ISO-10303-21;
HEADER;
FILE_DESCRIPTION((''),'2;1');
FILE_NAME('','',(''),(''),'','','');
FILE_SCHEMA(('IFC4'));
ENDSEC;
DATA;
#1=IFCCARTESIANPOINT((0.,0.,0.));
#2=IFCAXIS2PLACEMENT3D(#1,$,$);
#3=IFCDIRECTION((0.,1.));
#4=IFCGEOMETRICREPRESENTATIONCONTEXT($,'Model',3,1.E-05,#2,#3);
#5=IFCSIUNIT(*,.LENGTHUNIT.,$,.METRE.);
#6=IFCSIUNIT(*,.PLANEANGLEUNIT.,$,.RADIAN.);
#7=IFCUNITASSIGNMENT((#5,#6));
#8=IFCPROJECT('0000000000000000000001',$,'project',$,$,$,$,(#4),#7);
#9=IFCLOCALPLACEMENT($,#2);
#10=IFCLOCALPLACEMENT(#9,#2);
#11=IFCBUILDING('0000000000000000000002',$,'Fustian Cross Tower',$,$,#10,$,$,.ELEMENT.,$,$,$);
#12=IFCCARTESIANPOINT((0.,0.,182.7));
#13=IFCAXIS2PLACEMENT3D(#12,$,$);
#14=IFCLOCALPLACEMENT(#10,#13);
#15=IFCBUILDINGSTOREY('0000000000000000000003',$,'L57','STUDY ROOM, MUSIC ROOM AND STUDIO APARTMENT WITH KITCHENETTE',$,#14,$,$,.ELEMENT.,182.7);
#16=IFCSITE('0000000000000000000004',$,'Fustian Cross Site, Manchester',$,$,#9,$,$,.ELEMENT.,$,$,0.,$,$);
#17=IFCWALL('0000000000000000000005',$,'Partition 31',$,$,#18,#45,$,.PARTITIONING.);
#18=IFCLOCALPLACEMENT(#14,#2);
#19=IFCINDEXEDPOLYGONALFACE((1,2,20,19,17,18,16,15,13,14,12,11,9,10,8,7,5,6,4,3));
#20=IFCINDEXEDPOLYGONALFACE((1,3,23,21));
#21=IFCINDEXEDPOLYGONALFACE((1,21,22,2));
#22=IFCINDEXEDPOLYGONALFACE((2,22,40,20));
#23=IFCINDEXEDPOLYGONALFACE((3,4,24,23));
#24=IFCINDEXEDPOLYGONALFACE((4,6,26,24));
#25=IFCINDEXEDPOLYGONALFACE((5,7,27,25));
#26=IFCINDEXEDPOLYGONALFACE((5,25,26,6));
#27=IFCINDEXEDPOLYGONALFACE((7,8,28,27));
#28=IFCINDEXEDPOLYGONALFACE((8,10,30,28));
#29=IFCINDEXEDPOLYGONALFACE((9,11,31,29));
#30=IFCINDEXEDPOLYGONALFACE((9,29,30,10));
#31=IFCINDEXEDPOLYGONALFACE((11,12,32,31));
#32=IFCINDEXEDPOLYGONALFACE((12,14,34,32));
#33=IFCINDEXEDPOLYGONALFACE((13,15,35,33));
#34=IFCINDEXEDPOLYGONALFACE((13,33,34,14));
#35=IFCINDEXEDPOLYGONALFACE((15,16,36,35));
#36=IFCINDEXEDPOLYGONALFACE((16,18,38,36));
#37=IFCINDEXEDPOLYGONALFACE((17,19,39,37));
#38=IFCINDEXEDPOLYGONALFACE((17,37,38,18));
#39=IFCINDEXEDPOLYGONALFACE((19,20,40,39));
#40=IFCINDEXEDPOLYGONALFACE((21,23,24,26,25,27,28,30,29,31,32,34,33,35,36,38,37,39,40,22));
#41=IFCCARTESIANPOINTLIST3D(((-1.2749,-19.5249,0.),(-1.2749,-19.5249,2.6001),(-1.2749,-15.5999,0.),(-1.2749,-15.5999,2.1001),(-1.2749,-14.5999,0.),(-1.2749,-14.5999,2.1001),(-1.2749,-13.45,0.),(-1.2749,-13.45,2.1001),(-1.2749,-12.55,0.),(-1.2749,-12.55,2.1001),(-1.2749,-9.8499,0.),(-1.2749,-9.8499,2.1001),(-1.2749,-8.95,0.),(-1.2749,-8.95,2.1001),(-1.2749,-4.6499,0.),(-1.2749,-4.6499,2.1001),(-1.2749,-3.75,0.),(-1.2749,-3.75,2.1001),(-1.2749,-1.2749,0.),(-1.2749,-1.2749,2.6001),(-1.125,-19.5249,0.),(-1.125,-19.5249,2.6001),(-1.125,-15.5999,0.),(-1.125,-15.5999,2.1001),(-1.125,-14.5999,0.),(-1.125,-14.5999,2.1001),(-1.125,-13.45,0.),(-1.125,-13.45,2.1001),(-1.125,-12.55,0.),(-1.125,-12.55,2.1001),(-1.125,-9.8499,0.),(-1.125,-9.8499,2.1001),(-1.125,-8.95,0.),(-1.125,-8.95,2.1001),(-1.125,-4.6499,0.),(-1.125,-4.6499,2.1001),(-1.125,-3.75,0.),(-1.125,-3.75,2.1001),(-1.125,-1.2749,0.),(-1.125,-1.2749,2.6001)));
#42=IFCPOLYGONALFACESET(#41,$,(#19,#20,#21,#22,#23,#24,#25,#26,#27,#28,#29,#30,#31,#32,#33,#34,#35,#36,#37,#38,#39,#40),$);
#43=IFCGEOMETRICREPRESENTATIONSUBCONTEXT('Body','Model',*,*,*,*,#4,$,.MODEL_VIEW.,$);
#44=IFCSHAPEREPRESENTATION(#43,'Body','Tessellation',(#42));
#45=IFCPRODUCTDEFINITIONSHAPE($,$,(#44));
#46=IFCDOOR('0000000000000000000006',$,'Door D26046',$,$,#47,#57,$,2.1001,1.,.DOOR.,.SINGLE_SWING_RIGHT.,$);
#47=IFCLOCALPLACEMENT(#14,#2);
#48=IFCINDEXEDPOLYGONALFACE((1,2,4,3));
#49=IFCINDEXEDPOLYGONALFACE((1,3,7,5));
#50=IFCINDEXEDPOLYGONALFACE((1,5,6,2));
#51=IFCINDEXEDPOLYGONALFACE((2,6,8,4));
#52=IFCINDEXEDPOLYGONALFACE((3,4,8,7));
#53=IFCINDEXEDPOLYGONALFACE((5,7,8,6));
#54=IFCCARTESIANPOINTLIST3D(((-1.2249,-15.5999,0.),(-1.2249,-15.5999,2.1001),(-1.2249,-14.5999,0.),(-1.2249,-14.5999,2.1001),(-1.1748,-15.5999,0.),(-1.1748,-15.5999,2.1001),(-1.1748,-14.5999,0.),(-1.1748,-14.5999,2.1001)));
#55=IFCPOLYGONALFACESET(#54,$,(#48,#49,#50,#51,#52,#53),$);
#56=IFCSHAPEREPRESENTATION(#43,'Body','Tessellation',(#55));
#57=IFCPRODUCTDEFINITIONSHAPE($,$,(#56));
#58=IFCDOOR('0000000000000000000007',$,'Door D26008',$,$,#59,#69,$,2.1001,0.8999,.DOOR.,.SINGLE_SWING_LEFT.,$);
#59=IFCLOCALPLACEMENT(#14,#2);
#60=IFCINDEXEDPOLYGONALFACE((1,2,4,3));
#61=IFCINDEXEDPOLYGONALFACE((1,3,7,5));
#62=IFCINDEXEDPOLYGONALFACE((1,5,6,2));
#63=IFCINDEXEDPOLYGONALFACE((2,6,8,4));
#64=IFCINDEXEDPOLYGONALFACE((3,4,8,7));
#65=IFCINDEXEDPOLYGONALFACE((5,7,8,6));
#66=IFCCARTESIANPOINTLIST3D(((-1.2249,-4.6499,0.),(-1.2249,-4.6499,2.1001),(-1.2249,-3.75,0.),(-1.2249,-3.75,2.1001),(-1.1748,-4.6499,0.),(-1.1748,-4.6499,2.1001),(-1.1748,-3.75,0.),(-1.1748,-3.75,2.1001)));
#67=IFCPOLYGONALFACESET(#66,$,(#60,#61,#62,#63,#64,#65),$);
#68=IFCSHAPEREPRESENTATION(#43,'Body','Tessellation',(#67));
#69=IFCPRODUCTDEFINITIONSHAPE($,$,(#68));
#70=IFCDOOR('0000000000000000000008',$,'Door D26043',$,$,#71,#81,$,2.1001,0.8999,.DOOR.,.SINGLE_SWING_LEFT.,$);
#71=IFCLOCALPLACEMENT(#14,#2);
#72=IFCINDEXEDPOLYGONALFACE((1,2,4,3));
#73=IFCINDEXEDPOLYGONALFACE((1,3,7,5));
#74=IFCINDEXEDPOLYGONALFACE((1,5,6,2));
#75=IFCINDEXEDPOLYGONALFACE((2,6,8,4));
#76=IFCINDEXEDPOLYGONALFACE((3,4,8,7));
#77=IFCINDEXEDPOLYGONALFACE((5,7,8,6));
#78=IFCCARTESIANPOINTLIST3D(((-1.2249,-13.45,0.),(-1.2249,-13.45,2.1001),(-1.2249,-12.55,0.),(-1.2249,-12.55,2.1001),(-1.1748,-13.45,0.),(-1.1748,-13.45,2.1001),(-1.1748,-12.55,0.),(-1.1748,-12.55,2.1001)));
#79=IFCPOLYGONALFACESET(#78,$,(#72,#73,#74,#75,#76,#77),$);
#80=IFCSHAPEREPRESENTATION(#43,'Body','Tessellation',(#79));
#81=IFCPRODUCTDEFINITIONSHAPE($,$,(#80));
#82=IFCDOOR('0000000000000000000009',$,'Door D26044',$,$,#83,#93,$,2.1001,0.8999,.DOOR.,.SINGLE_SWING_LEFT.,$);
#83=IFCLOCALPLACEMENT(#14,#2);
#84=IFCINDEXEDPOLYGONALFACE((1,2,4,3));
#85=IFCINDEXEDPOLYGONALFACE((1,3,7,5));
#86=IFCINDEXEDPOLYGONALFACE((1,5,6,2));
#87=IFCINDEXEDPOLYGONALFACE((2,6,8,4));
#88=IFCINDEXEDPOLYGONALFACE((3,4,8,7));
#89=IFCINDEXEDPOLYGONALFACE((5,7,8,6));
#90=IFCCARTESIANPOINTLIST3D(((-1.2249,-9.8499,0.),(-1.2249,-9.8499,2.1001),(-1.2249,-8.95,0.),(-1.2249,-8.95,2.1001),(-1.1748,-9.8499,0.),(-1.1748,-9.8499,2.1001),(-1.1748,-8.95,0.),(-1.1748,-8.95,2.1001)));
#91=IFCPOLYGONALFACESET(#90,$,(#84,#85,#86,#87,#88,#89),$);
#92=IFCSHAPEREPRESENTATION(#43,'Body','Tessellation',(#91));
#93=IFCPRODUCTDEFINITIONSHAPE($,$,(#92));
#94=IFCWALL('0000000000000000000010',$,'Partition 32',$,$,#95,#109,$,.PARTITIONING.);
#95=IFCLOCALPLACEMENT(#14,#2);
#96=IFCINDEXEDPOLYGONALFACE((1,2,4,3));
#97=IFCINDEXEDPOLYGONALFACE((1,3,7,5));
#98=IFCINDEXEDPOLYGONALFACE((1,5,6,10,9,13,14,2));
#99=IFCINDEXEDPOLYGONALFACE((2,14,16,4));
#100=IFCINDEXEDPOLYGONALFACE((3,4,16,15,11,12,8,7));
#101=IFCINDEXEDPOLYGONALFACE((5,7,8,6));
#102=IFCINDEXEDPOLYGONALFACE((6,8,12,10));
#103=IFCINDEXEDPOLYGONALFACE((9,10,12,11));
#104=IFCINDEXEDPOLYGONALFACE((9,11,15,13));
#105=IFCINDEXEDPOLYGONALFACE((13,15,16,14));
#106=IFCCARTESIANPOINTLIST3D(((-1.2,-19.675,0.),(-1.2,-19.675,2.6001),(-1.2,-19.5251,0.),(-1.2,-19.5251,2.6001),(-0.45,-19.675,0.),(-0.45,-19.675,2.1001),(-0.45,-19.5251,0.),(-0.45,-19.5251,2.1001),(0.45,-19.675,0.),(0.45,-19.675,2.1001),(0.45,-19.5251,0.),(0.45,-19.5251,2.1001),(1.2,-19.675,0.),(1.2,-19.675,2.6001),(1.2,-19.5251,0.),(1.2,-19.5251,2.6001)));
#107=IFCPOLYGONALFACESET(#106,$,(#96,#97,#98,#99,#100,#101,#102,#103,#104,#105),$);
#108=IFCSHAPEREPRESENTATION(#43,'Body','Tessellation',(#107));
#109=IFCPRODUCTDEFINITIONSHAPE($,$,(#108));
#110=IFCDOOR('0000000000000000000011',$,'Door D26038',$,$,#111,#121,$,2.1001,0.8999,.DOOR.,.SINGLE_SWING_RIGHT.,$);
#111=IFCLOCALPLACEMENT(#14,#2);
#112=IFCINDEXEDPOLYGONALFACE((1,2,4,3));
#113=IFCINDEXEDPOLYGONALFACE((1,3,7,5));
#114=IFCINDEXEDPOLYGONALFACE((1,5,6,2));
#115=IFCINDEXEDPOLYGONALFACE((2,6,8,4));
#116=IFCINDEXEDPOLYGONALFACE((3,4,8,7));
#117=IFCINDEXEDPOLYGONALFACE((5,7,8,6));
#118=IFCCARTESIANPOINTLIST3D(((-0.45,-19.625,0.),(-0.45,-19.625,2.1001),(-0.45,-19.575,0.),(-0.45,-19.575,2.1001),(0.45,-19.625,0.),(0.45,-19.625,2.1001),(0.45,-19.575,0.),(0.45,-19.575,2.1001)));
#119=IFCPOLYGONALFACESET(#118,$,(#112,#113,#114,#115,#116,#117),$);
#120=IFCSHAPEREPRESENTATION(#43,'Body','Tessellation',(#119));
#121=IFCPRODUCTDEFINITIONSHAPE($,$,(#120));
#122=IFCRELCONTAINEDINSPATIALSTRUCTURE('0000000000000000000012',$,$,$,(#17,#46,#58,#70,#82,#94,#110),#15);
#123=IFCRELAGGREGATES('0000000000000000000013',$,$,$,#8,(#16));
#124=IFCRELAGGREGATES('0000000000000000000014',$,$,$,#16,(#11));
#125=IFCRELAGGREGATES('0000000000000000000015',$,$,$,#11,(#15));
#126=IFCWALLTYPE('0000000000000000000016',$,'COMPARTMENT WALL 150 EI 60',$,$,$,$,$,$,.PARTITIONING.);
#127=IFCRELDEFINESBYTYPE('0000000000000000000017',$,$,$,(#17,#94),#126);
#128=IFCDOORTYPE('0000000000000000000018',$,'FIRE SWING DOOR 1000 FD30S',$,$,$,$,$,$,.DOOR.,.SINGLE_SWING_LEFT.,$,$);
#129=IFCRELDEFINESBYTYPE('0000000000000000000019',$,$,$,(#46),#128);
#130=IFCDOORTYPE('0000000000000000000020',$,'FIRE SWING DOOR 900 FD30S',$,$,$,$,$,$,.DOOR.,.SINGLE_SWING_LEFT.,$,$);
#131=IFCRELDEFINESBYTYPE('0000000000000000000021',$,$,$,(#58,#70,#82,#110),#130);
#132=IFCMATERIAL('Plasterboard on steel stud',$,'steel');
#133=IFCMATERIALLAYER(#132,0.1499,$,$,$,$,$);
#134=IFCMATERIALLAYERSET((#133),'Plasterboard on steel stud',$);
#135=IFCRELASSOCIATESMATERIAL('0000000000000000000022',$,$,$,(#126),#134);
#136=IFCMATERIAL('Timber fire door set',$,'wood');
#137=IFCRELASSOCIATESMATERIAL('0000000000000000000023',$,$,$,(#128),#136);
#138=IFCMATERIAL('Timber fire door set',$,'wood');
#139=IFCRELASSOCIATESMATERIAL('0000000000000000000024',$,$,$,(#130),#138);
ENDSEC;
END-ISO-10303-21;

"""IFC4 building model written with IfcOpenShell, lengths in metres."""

from ifc_helpers import new_model, si_unit, direction, frame, frame_2d, origin, place, context, subcontext, project, spatial, rectangle, extrude, material, layer, layer_set, type_object, element, fill, save


model = new_model("IFC4")

# Units and contexts
model_context = context("Model", 3, precision=1e-05, world=origin(), true_north=direction((0.0, 1.0)))
body_context = subcontext(model_context, "Body", "Model", "MODEL_VIEW")
ifc_project = project(units=[si_unit("LENGTHUNIT", "METRE"), si_unit("PLANEANGLEUNIT", "RADIAN")], contexts=[model_context])

# Site, building, storey
site_placement = place(None, origin())
site = spatial("IfcSite", under=ifc_project, at=site_placement, Name="Fustian Cross Site, Manchester", CompositionType="ELEMENT", RefElevation=0.0)
building_placement = place(site_placement, origin())
building = spatial("IfcBuilding", under=site, at=building_placement, Name="Fustian Cross Tower", CompositionType="ELEMENT")
storey_placement = place(building_placement, frame((0.0, 0.0, 182.7)))
storey = spatial("IfcBuildingStorey", under=building, at=storey_placement, Name="L57", Description="STUDY ROOM, MUSIC ROOM AND STUDIO APARTMENT WITH KITCHENETTE", CompositionType="ELEMENT", Elevation=182.7)

# Wall, openings, doors
ifc_material_1 = material(Name="Plasterboard on steel stud", Category="steel")
ifc_layer_1 = layer(ifc_material_1, 0.1499)
ifc_layer_set_1 = layer_set([ifc_layer_1], Name="Plasterboard on steel stud")
wall_type_1 = type_object("IfcWallType", Name="COMPARTMENT WALL 150 EI 60", PredefinedType="PARTITIONING", material=ifc_layer_set_1)
wall_1_placement = place(storey_placement, frame((-1.2, -19.5249, 0.0), z_axis=(0.0, 0.0, 1.0), x_axis=(0.0, 1.0, 0.0)))
wall_1 = element("IfcWall", 1, at=wall_1_placement, inside=storey, type_object=wall_type_1, Name="Partition 31", PredefinedType="PARTITIONING", context=body_context, shape_type="SweptSolid", body=[
    extrude(rectangle(XDim=18.25, YDim=0.1499, at=frame_2d((9.125, 0.0))), origin(), (0.0, 0.0, 1.0), 2.6001),
])
opening_1_placement = place(wall_1_placement, frame((14.875, 0.0, 0.0)))
opening_1 = element("IfcOpeningElement", 2, at=opening_1_placement, cuts=wall_1, PredefinedType="OPENING", context=body_context, shape_type="SweptSolid", body=[
    extrude(rectangle(XDim=0.8999, YDim=2.1001, at=frame_2d((0.45, 1.05))), frame((0.0, 0.085, 0.0), z_axis=(0.0, -1.0, 0.0), x_axis=(1.0, 0.0, 0.0)), (0.0, 0.0, 1.0), 0.1699),
])
opening_2_placement = place(wall_1_placement, frame((6.075, 0.0, 0.0)))
opening_2 = element("IfcOpeningElement", 3, at=opening_2_placement, cuts=wall_1, PredefinedType="OPENING", context=body_context, shape_type="SweptSolid", body=[
    extrude(rectangle(XDim=0.8999, YDim=2.1001, at=frame_2d((0.45, 1.05))), frame((0.0, 0.085, 0.0), z_axis=(0.0, -1.0, 0.0), x_axis=(1.0, 0.0, 0.0)), (0.0, 0.0, 1.0), 0.1699),
])
opening_3_placement = place(wall_1_placement, frame((9.675, 0.0, 0.0)))
opening_3 = element("IfcOpeningElement", 4, at=opening_3_placement, cuts=wall_1, PredefinedType="OPENING", context=body_context, shape_type="SweptSolid", body=[
    extrude(rectangle(XDim=0.8999, YDim=2.1001, at=frame_2d((0.45, 1.05))), frame((0.0, 0.085, 0.0), z_axis=(0.0, -1.0, 0.0), x_axis=(1.0, 0.0, 0.0)), (0.0, 0.0, 1.0), 0.1699),
])
opening_4_placement = place(wall_1_placement, frame((3.925, 0.0, 0.0)))
opening_4 = element("IfcOpeningElement", 5, at=opening_4_placement, cuts=wall_1, PredefinedType="OPENING", context=body_context, shape_type="SweptSolid", body=[
    extrude(rectangle(XDim=1.0, YDim=2.1001, at=frame_2d((0.5, 1.05))), frame((0.0, 0.085, 0.0), z_axis=(0.0, -1.0, 0.0), x_axis=(1.0, 0.0, 0.0)), (0.0, 0.0, 1.0), 0.1699),
])
ifc_material_2 = material(Name="Timber fire door set", Category="wood")
door_type_1 = type_object("IfcDoorType", Name="FIRE SWING DOOR 1000 FD30S", OperationType="SINGLE_SWING_LEFT", PredefinedType="DOOR", material=ifc_material_2)
door_1_placement = place(opening_4_placement, origin())
door_1 = element("IfcDoor", 6, at=door_1_placement, inside=storey, type_object=door_type_1, Name="Door D26046", OperationType="SINGLE_SWING_RIGHT", OverallHeight=2.1001, OverallWidth=1.0, PredefinedType="DOOR", context=body_context, shape_type="SweptSolid", body=[
    extrude(rectangle(XDim=1.0, YDim=2.1001, at=frame_2d((0.5, 1.05))), frame((0.0, 0.0249, 0.0), z_axis=(0.0, -1.0, 0.0), x_axis=(1.0, 0.0, 0.0)), (0.0, 0.0, 1.0), 0.05),
])
fill(opening_4, door_1)
ifc_material_3 = material(Name="Timber fire door set", Category="wood")
door_type_2 = type_object("IfcDoorType", Name="FIRE SWING DOOR 900 FD30S", OperationType="SINGLE_SWING_LEFT", PredefinedType="DOOR", material=ifc_material_3)
door_2_placement = place(opening_1_placement, origin())
door_2 = element("IfcDoor", 7, at=door_2_placement, inside=storey, type_object=door_type_2, Name="Door D26008", OperationType="SINGLE_SWING_LEFT", OverallHeight=2.1001, OverallWidth=0.8999, PredefinedType="DOOR", context=body_context, shape_type="SweptSolid", body=[
    extrude(rectangle(XDim=0.8999, YDim=2.1001, at=frame_2d((0.45, 1.05))), frame((0.0, 0.0249, 0.0), z_axis=(0.0, -1.0, 0.0), x_axis=(1.0, 0.0, 0.0)), (0.0, 0.0, 1.0), 0.05),
])
fill(opening_1, door_2)
door_3_placement = place(opening_2_placement, origin())
door_3 = element("IfcDoor", 8, at=door_3_placement, inside=storey, type_object=door_type_2, Name="Door D26043", OperationType="SINGLE_SWING_LEFT", OverallHeight=2.1001, OverallWidth=0.8999, PredefinedType="DOOR", context=body_context, shape_type="SweptSolid", body=[
    extrude(rectangle(XDim=0.8999, YDim=2.1001, at=frame_2d((0.45, 1.05))), frame((0.0, 0.0249, 0.0), z_axis=(0.0, -1.0, 0.0), x_axis=(1.0, 0.0, 0.0)), (0.0, 0.0, 1.0), 0.05),
])
fill(opening_2, door_3)
door_4_placement = place(opening_3_placement, origin())
door_4 = element("IfcDoor", 9, at=door_4_placement, inside=storey, type_object=door_type_2, Name="Door D26044", OperationType="SINGLE_SWING_LEFT", OverallHeight=2.1001, OverallWidth=0.8999, PredefinedType="DOOR", context=body_context, shape_type="SweptSolid", body=[
    extrude(rectangle(XDim=0.8999, YDim=2.1001, at=frame_2d((0.45, 1.05))), frame((0.0, 0.0249, 0.0), z_axis=(0.0, -1.0, 0.0), x_axis=(1.0, 0.0, 0.0)), (0.0, 0.0, 1.0), 0.05),
])
fill(opening_3, door_4)

# Wall, opening, door
wall_2_placement = place(storey_placement, frame((-1.2, -19.6001, 0.0), z_axis=(0.0, 0.0, 1.0), x_axis=(1.0, 0.0, 0.0)))
wall_2 = element("IfcWall", 10, at=wall_2_placement, inside=storey, type_object=wall_type_1, Name="Partition 32", PredefinedType="PARTITIONING", context=body_context, shape_type="SweptSolid", body=[
    extrude(rectangle(XDim=2.3999, YDim=0.1499, at=frame_2d((1.2, 0.0))), origin(), (0.0, 0.0, 1.0), 2.6001),
])
opening_5_placement = place(wall_2_placement, frame((0.75, 0.0, 0.0)))
opening_5 = element("IfcOpeningElement", 11, at=opening_5_placement, cuts=wall_2, PredefinedType="OPENING", context=body_context, shape_type="SweptSolid", body=[
    extrude(rectangle(XDim=0.8999, YDim=2.1001, at=frame_2d((0.45, 1.05))), frame((0.0, 0.085, 0.0), z_axis=(0.0, -1.0, 0.0), x_axis=(1.0, 0.0, 0.0)), (0.0, 0.0, 1.0), 0.1699),
])
door_5_placement = place(opening_5_placement, frame((0.8999, 0.0, 0.0), z_axis=(0.0, 0.0, 1.0), x_axis=(-1.0, 0.0, 0.0)))
door_5 = element("IfcDoor", 12, at=door_5_placement, inside=storey, type_object=door_type_2, Name="Door D26038", OperationType="SINGLE_SWING_RIGHT", OverallHeight=2.1001, OverallWidth=0.8999, PredefinedType="DOOR", context=body_context, shape_type="SweptSolid", body=[
    extrude(rectangle(XDim=0.8999, YDim=2.1001, at=frame_2d((0.45, 1.05))), frame((0.0, 0.0249, 0.0), z_axis=(0.0, -1.0, 0.0), x_axis=(1.0, 0.0, 0.0)), (0.0, 0.0, 1.0), 0.05),
])
fill(opening_5, door_5)

save(model, "model.ifc")
